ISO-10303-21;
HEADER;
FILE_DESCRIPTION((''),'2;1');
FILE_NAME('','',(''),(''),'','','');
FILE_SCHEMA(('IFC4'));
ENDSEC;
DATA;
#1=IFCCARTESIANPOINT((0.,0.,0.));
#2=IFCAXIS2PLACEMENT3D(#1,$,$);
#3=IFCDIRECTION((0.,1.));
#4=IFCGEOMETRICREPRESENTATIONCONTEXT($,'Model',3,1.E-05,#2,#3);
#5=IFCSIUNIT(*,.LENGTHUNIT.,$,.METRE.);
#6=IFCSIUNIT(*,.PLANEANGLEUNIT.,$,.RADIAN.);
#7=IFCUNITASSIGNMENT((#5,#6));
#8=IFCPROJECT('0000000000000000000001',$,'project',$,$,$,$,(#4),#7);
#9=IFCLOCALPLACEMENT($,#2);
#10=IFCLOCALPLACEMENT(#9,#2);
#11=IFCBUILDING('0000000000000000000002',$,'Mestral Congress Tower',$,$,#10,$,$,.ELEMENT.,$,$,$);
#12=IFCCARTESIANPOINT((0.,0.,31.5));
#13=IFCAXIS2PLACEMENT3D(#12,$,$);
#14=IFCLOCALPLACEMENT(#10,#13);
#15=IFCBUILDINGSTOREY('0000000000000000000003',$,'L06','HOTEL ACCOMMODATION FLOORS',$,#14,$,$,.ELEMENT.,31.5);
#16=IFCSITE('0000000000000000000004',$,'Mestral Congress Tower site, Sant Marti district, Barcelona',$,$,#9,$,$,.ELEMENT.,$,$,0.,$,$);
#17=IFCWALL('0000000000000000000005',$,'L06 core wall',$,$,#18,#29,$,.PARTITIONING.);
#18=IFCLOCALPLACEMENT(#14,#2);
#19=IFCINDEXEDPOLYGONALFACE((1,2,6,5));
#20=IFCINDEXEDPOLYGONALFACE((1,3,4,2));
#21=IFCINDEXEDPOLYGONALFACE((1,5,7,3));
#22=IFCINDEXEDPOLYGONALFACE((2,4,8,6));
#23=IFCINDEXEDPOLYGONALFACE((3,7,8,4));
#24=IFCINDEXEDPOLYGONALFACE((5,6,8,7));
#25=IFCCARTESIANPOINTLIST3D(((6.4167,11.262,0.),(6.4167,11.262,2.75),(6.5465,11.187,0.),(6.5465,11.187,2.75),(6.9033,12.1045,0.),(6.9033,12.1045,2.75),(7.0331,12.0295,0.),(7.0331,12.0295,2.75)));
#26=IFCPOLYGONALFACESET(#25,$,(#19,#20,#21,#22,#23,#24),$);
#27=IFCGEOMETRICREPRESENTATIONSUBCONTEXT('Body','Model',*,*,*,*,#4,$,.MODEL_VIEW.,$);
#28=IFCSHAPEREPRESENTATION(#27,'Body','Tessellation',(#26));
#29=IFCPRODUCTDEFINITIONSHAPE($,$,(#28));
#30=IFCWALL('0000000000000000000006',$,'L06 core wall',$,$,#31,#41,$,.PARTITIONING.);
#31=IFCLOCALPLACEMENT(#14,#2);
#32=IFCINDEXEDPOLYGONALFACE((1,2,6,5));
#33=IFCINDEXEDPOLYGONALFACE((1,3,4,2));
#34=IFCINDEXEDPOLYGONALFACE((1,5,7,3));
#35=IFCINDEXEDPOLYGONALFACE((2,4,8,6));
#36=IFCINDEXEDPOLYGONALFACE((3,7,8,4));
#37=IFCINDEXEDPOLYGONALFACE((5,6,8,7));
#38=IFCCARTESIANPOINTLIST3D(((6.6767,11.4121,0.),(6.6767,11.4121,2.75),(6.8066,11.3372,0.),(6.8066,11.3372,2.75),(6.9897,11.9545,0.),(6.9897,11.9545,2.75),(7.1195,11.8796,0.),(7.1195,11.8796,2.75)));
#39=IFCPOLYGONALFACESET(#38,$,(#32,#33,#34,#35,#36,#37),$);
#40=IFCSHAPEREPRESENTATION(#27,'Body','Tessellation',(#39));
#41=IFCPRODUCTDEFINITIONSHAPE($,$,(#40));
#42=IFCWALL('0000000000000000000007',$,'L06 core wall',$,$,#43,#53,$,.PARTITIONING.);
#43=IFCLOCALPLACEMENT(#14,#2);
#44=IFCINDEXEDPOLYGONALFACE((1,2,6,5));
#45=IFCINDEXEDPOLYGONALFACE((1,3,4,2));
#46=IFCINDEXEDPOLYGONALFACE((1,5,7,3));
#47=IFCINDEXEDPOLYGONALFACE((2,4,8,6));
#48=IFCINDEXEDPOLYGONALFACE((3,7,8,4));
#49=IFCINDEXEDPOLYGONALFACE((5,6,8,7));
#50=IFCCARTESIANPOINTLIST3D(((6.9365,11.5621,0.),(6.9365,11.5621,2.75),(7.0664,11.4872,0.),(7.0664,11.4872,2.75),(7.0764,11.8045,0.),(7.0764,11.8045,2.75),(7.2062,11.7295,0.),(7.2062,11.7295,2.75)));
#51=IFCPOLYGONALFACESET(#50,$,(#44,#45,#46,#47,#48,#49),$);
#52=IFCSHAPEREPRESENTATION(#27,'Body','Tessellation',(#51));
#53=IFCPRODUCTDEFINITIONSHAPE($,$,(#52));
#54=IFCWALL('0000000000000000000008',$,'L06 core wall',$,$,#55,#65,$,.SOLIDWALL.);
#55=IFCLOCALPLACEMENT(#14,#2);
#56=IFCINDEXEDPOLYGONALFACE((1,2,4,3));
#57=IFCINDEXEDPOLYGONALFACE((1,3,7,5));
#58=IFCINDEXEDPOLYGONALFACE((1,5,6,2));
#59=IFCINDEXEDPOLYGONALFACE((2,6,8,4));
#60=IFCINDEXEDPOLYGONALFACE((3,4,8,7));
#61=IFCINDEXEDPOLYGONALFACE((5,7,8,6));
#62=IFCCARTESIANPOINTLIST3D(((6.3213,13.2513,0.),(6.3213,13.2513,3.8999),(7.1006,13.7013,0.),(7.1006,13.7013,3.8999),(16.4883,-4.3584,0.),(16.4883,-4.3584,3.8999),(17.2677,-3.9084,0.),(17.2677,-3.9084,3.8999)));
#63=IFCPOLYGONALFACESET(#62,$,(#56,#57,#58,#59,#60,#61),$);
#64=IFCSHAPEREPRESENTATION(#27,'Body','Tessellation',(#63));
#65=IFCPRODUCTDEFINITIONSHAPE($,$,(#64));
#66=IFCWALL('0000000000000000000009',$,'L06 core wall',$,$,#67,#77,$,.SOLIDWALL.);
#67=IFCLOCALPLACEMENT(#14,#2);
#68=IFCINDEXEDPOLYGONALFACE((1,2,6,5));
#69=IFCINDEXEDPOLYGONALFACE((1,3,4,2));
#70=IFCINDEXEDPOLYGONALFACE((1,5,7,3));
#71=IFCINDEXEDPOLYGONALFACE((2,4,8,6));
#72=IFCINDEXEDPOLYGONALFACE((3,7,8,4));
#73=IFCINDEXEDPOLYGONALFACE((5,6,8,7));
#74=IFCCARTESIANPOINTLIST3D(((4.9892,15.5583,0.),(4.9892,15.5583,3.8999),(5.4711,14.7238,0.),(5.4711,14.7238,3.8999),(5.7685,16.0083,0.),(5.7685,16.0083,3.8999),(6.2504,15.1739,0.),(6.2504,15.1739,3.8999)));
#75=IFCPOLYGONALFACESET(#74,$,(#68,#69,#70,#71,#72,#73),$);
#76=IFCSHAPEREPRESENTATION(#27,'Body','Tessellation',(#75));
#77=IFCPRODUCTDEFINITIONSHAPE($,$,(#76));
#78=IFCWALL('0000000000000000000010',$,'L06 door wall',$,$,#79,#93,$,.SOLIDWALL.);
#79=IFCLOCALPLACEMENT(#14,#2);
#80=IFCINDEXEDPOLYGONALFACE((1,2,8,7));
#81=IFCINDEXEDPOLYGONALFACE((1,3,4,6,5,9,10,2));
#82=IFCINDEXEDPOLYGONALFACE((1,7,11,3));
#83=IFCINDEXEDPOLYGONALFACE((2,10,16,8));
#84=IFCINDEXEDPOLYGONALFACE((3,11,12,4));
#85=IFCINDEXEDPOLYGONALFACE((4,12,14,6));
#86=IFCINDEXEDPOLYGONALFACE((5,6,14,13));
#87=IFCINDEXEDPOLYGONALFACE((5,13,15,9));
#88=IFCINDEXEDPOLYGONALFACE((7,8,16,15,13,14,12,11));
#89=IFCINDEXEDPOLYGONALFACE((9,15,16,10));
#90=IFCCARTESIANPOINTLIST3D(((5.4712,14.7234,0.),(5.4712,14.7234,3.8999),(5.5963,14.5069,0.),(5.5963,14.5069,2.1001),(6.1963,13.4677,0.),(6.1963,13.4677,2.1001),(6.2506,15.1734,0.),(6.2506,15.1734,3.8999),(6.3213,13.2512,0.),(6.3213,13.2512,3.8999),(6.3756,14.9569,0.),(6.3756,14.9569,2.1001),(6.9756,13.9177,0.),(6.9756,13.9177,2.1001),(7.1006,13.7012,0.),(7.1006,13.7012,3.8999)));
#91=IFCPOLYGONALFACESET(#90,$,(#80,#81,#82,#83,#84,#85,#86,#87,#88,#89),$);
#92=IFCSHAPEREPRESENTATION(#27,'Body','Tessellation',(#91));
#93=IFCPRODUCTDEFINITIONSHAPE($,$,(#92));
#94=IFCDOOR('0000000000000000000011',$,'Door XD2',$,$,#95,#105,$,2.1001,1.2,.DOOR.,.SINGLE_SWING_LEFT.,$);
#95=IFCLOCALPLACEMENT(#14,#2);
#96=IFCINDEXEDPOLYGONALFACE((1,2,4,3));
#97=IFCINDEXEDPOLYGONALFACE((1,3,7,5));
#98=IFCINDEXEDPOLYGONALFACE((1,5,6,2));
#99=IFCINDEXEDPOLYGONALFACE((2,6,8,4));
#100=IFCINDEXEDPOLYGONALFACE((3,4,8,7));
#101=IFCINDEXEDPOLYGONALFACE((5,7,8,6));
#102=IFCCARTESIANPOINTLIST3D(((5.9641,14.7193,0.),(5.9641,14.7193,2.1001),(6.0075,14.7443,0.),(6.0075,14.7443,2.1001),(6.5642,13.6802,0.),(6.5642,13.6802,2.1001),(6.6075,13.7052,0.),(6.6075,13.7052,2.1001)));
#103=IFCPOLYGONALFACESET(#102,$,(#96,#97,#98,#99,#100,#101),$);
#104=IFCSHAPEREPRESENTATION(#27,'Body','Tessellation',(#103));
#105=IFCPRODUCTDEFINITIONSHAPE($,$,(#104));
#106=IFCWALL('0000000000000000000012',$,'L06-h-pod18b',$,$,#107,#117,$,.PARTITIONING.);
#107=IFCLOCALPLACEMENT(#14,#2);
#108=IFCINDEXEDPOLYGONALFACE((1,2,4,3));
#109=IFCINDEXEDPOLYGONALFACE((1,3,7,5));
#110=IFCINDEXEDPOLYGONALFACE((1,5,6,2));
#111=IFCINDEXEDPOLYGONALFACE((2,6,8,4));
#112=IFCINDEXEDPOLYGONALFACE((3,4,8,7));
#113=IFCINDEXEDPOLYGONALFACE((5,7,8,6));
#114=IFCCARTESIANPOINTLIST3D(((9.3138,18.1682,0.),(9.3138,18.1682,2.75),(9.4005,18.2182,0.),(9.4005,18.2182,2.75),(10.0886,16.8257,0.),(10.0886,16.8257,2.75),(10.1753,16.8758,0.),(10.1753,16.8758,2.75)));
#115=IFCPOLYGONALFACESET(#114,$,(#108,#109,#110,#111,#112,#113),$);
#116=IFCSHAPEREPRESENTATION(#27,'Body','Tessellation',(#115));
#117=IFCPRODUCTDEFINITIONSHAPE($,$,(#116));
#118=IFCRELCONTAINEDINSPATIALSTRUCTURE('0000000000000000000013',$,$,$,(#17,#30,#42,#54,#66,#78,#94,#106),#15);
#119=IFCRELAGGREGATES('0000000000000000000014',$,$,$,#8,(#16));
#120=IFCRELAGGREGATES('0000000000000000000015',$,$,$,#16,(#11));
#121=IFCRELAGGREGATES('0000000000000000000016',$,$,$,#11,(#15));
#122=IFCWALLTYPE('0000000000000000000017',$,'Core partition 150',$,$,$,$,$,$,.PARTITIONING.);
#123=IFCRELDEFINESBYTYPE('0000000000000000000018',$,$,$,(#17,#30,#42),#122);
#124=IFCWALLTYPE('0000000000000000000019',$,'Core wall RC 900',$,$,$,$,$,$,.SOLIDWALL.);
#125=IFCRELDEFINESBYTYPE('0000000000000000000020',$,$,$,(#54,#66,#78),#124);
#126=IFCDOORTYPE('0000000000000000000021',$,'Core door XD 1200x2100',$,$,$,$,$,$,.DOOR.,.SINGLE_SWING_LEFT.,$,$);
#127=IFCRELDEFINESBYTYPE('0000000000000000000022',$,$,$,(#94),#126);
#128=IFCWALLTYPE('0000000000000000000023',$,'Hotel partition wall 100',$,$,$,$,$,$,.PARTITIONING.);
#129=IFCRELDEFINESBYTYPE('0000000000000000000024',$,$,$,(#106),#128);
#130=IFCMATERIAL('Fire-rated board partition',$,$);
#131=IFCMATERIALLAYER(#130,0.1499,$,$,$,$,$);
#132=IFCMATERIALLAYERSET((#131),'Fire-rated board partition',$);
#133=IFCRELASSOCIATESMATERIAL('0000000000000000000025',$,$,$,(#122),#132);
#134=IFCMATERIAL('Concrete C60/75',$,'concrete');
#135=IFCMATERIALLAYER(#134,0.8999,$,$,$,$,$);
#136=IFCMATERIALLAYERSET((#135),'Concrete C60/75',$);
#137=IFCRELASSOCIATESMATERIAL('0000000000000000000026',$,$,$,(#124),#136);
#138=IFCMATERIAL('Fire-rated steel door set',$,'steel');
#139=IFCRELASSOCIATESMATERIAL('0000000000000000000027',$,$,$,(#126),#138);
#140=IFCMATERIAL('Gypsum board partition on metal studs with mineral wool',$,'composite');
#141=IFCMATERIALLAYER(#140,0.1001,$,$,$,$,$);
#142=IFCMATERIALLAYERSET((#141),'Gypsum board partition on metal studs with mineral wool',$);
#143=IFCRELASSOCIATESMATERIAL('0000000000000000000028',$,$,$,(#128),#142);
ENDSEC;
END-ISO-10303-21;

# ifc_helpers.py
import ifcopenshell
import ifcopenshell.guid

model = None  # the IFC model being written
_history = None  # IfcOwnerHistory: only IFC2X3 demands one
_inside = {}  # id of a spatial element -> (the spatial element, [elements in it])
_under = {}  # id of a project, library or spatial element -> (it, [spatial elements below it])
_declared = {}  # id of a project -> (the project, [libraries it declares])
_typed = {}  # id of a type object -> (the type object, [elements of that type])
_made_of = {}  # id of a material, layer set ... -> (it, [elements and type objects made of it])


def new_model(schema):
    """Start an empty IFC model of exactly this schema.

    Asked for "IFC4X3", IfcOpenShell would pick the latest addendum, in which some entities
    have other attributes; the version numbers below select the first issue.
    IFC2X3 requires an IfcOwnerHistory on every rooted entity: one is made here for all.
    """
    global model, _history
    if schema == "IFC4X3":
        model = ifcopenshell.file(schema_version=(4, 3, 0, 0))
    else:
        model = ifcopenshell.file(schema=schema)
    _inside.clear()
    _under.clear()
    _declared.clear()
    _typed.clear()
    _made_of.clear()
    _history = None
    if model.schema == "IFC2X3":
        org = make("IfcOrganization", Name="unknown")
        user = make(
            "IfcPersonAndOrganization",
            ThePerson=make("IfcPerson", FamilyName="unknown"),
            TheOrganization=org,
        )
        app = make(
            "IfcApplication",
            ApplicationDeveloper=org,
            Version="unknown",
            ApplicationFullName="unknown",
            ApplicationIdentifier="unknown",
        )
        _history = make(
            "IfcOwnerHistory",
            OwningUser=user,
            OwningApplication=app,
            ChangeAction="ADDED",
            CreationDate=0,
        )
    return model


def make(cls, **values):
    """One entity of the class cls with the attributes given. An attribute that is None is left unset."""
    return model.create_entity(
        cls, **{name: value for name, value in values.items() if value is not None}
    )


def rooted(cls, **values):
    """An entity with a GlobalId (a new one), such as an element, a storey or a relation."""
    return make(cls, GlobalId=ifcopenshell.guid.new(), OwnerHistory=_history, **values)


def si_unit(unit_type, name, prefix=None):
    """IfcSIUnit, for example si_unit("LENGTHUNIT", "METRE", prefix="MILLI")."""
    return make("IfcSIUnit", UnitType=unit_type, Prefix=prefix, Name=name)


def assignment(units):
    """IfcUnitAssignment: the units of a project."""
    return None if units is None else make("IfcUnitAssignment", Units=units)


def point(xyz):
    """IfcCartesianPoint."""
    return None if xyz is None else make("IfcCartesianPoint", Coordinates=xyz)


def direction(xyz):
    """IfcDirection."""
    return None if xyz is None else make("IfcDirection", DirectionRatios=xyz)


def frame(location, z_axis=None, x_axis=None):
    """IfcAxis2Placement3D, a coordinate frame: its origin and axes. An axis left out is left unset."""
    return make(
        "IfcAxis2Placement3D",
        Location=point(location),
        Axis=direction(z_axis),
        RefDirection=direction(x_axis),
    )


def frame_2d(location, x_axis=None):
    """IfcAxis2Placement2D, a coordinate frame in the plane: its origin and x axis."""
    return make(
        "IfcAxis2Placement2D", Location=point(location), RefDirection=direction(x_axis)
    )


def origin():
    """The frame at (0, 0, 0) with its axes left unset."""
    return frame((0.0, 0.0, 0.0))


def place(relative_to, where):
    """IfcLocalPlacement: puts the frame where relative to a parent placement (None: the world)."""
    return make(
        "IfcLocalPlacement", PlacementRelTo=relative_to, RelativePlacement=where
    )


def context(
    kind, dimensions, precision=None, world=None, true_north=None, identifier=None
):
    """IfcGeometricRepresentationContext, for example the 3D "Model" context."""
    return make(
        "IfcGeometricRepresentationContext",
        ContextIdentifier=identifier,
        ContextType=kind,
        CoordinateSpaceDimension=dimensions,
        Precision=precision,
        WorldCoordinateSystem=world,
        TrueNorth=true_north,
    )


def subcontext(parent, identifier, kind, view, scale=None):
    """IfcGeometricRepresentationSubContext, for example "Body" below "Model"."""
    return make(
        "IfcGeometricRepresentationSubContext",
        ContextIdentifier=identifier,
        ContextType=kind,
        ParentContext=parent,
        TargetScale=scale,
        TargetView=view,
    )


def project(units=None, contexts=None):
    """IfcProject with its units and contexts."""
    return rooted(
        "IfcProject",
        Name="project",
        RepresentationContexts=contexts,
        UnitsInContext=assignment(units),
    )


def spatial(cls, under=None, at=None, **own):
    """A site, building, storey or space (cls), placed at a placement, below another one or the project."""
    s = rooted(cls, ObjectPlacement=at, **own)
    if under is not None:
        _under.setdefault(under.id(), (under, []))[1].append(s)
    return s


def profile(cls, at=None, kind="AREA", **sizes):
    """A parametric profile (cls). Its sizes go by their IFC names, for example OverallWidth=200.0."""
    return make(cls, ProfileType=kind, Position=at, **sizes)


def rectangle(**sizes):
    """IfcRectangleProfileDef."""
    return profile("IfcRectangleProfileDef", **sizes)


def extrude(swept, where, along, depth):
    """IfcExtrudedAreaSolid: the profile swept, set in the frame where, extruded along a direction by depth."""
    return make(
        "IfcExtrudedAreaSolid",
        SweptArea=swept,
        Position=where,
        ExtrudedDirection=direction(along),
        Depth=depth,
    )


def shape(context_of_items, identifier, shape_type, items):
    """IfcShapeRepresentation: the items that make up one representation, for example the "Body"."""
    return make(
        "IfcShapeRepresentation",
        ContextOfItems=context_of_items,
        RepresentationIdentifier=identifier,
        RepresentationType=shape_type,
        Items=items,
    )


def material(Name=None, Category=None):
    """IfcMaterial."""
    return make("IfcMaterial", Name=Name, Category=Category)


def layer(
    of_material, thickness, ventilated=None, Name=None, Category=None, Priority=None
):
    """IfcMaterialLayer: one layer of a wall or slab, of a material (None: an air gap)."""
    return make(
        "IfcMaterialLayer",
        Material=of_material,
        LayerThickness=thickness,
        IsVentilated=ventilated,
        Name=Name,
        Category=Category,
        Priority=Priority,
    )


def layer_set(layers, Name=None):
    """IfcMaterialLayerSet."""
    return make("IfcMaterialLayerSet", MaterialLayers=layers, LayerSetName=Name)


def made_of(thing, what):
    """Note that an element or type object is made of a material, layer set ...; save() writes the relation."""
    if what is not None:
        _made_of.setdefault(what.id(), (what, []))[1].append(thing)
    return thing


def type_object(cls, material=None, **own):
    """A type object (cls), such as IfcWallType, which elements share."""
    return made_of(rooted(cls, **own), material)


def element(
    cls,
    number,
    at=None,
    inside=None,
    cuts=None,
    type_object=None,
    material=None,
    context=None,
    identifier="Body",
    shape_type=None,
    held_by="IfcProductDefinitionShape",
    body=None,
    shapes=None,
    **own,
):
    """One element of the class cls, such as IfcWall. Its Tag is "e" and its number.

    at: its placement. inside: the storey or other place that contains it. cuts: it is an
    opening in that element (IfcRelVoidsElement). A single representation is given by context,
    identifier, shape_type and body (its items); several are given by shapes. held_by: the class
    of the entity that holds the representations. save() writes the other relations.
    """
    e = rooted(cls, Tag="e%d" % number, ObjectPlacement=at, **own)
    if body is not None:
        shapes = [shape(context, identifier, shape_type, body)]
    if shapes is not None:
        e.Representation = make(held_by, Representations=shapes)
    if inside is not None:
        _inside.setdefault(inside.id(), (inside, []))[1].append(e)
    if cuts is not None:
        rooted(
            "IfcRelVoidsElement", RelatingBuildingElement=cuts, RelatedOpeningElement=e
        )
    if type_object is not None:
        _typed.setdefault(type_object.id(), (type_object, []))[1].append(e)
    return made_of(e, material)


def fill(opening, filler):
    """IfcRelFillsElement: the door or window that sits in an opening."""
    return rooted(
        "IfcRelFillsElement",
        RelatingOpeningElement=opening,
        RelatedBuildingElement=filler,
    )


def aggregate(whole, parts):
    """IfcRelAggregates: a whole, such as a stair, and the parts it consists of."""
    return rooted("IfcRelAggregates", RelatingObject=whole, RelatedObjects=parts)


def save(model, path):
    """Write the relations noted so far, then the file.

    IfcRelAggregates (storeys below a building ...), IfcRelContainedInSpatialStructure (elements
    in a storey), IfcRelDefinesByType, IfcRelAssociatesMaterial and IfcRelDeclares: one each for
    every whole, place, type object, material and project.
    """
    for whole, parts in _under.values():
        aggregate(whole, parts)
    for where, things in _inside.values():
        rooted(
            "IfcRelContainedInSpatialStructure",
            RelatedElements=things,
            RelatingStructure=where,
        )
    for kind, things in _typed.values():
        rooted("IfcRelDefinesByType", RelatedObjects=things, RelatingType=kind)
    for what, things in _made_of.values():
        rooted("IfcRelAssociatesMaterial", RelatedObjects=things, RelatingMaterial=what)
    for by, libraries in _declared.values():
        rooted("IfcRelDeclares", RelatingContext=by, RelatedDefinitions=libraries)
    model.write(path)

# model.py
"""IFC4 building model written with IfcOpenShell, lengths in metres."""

from ifc_helpers import new_model, si_unit, direction, frame, frame_2d, origin, place, context, subcontext, project, spatial, rectangle, extrude, material, layer, layer_set, type_object, element, fill, save


model = new_model("IFC4")

# Units and contexts
model_context = context("Model", 3, precision=1e-05, world=origin(), true_north=direction((0.0, 1.0)))
body_context = subcontext(model_context, "Body", "Model", "MODEL_VIEW")
ifc_project = project(units=[si_unit("LENGTHUNIT", "METRE"), si_unit("PLANEANGLEUNIT", "RADIAN")], contexts=[model_context])

# Site, building, storey
site_placement = place(None, origin())
site = spatial("IfcSite", under=ifc_project, at=site_placement, Name="Mestral Congress Tower site, Sant Marti district, Barcelona", CompositionType="ELEMENT", RefElevation=0.0)
building_placement = place(site_placement, origin())
building = spatial("IfcBuilding", under=site, at=building_placement, Name="Mestral Congress Tower", CompositionType="ELEMENT")
storey_placement = place(building_placement, frame((0.0, 0.0, 31.5)))
storey = spatial("IfcBuildingStorey", under=building, at=storey_placement, Name="L06", Description="HOTEL ACCOMMODATION FLOORS", CompositionType="ELEMENT", Elevation=31.5)

# Walls
ifc_material_1 = material(Name="Fire-rated board partition")
ifc_layer_1 = layer(ifc_material_1, 0.1499)
ifc_layer_set_1 = layer_set([ifc_layer_1], Name="Fire-rated board partition")
wall_type_1 = type_object("IfcWallType", Name="Core partition 150", PredefinedType="PARTITIONING", material=ifc_layer_set_1)
wall_1_placement = place(storey_placement, frame((6.4817, 11.2246, 0.0), z_axis=(0.0, 0.0, 1.0), x_axis=(0.500106, 0.865964, 0.0)))
element("IfcWall", 1, at=wall_1_placement, inside=storey, type_object=wall_type_1, Name="L06 core wall", PredefinedType="PARTITIONING", context=body_context, shape_type="SweptSolid", body=[
    extrude(rectangle(XDim=0.9729, YDim=0.1499, at=frame_2d((0.4863, 0.0))), origin(), (0.0, 0.0, 1.0), 2.75),
])
wall_2_placement = place(storey_placement, frame((6.7417, 11.3748, 0.0), z_axis=(0.0, 0.0, 1.0), x_axis=(0.499745, 0.866173, 0.0)))
element("IfcWall", 2, at=wall_2_placement, inside=storey, type_object=wall_type_1, Name="L06 core wall", PredefinedType="PARTITIONING", context=body_context, shape_type="SweptSolid", body=[
    extrude(rectangle(XDim=0.6262, YDim=0.1499, at=frame_2d((0.313, 0.0))), origin(), (0.0, 0.0, 1.0), 2.75),
])
wall_3_placement = place(storey_placement, frame((7.0015, 11.5247, 0.0), z_axis=(0.0, 0.0, 1.0), x_axis=(0.499798, 0.866142, 0.0)))
element("IfcWall", 3, at=wall_3_placement, inside=storey, type_object=wall_type_1, Name="L06 core wall", PredefinedType="PARTITIONING", context=body_context, shape_type="SweptSolid", body=[
    extrude(rectangle(XDim=0.2798, YDim=0.1499, at=frame_2d((0.1399, 0.0))), origin(), (0.0, 0.0, 1.0), 2.75),
])
ifc_material_2 = material(Name="Concrete C60/75", Category="concrete")
ifc_layer_2 = layer(ifc_material_2, 0.8999)
ifc_layer_set_2 = layer_set([ifc_layer_2], Name="Concrete C60/75")
wall_type_2 = type_object("IfcWallType", Name="Core wall RC 900", PredefinedType="SOLIDWALL", material=ifc_layer_set_2)
wall_4_placement = place(storey_placement, frame((6.7109, 13.4763, 0.0), z_axis=(0.0, 0.0, 1.0), x_axis=(0.500003, -0.866024, 0.0)))
element("IfcWall", 4, at=wall_4_placement, inside=storey, type_object=wall_type_2, Name="L06 core wall", PredefinedType="SOLIDWALL", context=body_context, shape_type="SweptSolid", body=[
    extrude(rectangle(XDim=20.334, YDim=0.8999, at=frame_2d((10.167, 0.0))), origin(), (0.0, 0.0, 1.0), 3.8999),
])
wall_5_placement = place(storey_placement, frame((5.8608, 14.9487, 0.0), z_axis=(0.0, 0.0, 1.0), x_axis=(-0.500117, 0.865958, 0.0)))
element("IfcWall", 5, at=wall_5_placement, inside=storey, type_object=wall_type_2, Name="L06 core wall", PredefinedType="SOLIDWALL", context=body_context, shape_type="SweptSolid", body=[
    extrude(rectangle(XDim=0.9636, YDim=0.8999, at=frame_2d((0.4819, 0.0))), origin(), (0.0, 0.0, 1.0), 3.8999),
])

# Wall, opening, door
wall_6_placement = place(storey_placement, frame((5.8608, 14.9485, 0.0), z_axis=(0.0, 0.0, 1.0), x_axis=(0.500062, -0.865989, 0.0)))
wall_6 = element("IfcWall", 6, at=wall_6_placement, inside=storey, type_object=wall_type_2, Name="L06 door wall", PredefinedType="SOLIDWALL", context=body_context, shape_type="SweptSolid", body=[
    extrude(rectangle(XDim=1.7, YDim=0.8999, at=frame_2d((0.8501, 0.0))), origin(), (0.0, 0.0, 1.0), 3.8999),
])
opening_1_placement = place(wall_6_placement, frame((0.25, 0.0, 0.0)))
opening_1 = element("IfcOpeningElement", 7, at=opening_1_placement, cuts=wall_6, PredefinedType="OPENING", context=body_context, shape_type="SweptSolid", body=[
    extrude(rectangle(XDim=1.2, YDim=2.1001, at=frame_2d((0.6001, 1.05))), frame((0.0, 0.46, 0.0), z_axis=(0.0, -1.0, 0.0), x_axis=(1.0, 0.0, 0.0)), (0.0, 0.0, 1.0), 0.9199),
])
ifc_material_3 = material(Name="Fire-rated steel door set", Category="steel")
door_type_1 = type_object("IfcDoorType", Name="Core door XD 1200x2100", OperationType="SINGLE_SWING_LEFT", PredefinedType="DOOR", material=ifc_material_3)
door_1_placement = place(opening_1_placement, origin())
door_1 = element("IfcDoor", 8, at=door_1_placement, inside=storey, type_object=door_type_1, Name="Door XD2", OperationType="SINGLE_SWING_LEFT", OverallHeight=2.1001, OverallWidth=1.2, PredefinedType="DOOR", context=body_context, shape_type="SweptSolid", body=[
    extrude(rectangle(XDim=1.2, YDim=2.1001, at=frame_2d((0.6001, 1.05))), frame((0.0, 0.0249, 0.0), z_axis=(0.0, -1.0, 0.0), x_axis=(1.0, 0.0, 0.0)), (0.0, 0.0, 1.0), 0.05),
])
fill(opening_1, door_1)

# Wall
ifc_material_4 = material(Name="Gypsum board partition on metal studs with mineral wool", Category="composite")
ifc_layer_3 = layer(ifc_material_4, 0.1001)
ifc_layer_set_3 = layer_set([ifc_layer_3], Name="Gypsum board partition on metal studs with mineral wool")
wall_type_3 = type_object("IfcWallType", Name="Hotel partition wall 100", PredefinedType="PARTITIONING", material=ifc_layer_set_3)
wall_7_placement = place(storey_placement, frame((9.3572, 18.1931, 0.0), z_axis=(0.0, 0.0, 1.0), x_axis=(0.4999, -0.866083, 0.0)))
element("IfcWall", 9, at=wall_7_placement, inside=storey, type_object=wall_type_3, Name="L06-h-pod18b", PredefinedType="PARTITIONING", context=body_context, shape_type="SweptSolid", body=[
    extrude(rectangle(XDim=1.55, YDim=0.1001, at=frame_2d((0.7749, 0.0))), origin(), (0.0, 0.0, 1.0), 2.75),
])

save(model, "model.ifc")
